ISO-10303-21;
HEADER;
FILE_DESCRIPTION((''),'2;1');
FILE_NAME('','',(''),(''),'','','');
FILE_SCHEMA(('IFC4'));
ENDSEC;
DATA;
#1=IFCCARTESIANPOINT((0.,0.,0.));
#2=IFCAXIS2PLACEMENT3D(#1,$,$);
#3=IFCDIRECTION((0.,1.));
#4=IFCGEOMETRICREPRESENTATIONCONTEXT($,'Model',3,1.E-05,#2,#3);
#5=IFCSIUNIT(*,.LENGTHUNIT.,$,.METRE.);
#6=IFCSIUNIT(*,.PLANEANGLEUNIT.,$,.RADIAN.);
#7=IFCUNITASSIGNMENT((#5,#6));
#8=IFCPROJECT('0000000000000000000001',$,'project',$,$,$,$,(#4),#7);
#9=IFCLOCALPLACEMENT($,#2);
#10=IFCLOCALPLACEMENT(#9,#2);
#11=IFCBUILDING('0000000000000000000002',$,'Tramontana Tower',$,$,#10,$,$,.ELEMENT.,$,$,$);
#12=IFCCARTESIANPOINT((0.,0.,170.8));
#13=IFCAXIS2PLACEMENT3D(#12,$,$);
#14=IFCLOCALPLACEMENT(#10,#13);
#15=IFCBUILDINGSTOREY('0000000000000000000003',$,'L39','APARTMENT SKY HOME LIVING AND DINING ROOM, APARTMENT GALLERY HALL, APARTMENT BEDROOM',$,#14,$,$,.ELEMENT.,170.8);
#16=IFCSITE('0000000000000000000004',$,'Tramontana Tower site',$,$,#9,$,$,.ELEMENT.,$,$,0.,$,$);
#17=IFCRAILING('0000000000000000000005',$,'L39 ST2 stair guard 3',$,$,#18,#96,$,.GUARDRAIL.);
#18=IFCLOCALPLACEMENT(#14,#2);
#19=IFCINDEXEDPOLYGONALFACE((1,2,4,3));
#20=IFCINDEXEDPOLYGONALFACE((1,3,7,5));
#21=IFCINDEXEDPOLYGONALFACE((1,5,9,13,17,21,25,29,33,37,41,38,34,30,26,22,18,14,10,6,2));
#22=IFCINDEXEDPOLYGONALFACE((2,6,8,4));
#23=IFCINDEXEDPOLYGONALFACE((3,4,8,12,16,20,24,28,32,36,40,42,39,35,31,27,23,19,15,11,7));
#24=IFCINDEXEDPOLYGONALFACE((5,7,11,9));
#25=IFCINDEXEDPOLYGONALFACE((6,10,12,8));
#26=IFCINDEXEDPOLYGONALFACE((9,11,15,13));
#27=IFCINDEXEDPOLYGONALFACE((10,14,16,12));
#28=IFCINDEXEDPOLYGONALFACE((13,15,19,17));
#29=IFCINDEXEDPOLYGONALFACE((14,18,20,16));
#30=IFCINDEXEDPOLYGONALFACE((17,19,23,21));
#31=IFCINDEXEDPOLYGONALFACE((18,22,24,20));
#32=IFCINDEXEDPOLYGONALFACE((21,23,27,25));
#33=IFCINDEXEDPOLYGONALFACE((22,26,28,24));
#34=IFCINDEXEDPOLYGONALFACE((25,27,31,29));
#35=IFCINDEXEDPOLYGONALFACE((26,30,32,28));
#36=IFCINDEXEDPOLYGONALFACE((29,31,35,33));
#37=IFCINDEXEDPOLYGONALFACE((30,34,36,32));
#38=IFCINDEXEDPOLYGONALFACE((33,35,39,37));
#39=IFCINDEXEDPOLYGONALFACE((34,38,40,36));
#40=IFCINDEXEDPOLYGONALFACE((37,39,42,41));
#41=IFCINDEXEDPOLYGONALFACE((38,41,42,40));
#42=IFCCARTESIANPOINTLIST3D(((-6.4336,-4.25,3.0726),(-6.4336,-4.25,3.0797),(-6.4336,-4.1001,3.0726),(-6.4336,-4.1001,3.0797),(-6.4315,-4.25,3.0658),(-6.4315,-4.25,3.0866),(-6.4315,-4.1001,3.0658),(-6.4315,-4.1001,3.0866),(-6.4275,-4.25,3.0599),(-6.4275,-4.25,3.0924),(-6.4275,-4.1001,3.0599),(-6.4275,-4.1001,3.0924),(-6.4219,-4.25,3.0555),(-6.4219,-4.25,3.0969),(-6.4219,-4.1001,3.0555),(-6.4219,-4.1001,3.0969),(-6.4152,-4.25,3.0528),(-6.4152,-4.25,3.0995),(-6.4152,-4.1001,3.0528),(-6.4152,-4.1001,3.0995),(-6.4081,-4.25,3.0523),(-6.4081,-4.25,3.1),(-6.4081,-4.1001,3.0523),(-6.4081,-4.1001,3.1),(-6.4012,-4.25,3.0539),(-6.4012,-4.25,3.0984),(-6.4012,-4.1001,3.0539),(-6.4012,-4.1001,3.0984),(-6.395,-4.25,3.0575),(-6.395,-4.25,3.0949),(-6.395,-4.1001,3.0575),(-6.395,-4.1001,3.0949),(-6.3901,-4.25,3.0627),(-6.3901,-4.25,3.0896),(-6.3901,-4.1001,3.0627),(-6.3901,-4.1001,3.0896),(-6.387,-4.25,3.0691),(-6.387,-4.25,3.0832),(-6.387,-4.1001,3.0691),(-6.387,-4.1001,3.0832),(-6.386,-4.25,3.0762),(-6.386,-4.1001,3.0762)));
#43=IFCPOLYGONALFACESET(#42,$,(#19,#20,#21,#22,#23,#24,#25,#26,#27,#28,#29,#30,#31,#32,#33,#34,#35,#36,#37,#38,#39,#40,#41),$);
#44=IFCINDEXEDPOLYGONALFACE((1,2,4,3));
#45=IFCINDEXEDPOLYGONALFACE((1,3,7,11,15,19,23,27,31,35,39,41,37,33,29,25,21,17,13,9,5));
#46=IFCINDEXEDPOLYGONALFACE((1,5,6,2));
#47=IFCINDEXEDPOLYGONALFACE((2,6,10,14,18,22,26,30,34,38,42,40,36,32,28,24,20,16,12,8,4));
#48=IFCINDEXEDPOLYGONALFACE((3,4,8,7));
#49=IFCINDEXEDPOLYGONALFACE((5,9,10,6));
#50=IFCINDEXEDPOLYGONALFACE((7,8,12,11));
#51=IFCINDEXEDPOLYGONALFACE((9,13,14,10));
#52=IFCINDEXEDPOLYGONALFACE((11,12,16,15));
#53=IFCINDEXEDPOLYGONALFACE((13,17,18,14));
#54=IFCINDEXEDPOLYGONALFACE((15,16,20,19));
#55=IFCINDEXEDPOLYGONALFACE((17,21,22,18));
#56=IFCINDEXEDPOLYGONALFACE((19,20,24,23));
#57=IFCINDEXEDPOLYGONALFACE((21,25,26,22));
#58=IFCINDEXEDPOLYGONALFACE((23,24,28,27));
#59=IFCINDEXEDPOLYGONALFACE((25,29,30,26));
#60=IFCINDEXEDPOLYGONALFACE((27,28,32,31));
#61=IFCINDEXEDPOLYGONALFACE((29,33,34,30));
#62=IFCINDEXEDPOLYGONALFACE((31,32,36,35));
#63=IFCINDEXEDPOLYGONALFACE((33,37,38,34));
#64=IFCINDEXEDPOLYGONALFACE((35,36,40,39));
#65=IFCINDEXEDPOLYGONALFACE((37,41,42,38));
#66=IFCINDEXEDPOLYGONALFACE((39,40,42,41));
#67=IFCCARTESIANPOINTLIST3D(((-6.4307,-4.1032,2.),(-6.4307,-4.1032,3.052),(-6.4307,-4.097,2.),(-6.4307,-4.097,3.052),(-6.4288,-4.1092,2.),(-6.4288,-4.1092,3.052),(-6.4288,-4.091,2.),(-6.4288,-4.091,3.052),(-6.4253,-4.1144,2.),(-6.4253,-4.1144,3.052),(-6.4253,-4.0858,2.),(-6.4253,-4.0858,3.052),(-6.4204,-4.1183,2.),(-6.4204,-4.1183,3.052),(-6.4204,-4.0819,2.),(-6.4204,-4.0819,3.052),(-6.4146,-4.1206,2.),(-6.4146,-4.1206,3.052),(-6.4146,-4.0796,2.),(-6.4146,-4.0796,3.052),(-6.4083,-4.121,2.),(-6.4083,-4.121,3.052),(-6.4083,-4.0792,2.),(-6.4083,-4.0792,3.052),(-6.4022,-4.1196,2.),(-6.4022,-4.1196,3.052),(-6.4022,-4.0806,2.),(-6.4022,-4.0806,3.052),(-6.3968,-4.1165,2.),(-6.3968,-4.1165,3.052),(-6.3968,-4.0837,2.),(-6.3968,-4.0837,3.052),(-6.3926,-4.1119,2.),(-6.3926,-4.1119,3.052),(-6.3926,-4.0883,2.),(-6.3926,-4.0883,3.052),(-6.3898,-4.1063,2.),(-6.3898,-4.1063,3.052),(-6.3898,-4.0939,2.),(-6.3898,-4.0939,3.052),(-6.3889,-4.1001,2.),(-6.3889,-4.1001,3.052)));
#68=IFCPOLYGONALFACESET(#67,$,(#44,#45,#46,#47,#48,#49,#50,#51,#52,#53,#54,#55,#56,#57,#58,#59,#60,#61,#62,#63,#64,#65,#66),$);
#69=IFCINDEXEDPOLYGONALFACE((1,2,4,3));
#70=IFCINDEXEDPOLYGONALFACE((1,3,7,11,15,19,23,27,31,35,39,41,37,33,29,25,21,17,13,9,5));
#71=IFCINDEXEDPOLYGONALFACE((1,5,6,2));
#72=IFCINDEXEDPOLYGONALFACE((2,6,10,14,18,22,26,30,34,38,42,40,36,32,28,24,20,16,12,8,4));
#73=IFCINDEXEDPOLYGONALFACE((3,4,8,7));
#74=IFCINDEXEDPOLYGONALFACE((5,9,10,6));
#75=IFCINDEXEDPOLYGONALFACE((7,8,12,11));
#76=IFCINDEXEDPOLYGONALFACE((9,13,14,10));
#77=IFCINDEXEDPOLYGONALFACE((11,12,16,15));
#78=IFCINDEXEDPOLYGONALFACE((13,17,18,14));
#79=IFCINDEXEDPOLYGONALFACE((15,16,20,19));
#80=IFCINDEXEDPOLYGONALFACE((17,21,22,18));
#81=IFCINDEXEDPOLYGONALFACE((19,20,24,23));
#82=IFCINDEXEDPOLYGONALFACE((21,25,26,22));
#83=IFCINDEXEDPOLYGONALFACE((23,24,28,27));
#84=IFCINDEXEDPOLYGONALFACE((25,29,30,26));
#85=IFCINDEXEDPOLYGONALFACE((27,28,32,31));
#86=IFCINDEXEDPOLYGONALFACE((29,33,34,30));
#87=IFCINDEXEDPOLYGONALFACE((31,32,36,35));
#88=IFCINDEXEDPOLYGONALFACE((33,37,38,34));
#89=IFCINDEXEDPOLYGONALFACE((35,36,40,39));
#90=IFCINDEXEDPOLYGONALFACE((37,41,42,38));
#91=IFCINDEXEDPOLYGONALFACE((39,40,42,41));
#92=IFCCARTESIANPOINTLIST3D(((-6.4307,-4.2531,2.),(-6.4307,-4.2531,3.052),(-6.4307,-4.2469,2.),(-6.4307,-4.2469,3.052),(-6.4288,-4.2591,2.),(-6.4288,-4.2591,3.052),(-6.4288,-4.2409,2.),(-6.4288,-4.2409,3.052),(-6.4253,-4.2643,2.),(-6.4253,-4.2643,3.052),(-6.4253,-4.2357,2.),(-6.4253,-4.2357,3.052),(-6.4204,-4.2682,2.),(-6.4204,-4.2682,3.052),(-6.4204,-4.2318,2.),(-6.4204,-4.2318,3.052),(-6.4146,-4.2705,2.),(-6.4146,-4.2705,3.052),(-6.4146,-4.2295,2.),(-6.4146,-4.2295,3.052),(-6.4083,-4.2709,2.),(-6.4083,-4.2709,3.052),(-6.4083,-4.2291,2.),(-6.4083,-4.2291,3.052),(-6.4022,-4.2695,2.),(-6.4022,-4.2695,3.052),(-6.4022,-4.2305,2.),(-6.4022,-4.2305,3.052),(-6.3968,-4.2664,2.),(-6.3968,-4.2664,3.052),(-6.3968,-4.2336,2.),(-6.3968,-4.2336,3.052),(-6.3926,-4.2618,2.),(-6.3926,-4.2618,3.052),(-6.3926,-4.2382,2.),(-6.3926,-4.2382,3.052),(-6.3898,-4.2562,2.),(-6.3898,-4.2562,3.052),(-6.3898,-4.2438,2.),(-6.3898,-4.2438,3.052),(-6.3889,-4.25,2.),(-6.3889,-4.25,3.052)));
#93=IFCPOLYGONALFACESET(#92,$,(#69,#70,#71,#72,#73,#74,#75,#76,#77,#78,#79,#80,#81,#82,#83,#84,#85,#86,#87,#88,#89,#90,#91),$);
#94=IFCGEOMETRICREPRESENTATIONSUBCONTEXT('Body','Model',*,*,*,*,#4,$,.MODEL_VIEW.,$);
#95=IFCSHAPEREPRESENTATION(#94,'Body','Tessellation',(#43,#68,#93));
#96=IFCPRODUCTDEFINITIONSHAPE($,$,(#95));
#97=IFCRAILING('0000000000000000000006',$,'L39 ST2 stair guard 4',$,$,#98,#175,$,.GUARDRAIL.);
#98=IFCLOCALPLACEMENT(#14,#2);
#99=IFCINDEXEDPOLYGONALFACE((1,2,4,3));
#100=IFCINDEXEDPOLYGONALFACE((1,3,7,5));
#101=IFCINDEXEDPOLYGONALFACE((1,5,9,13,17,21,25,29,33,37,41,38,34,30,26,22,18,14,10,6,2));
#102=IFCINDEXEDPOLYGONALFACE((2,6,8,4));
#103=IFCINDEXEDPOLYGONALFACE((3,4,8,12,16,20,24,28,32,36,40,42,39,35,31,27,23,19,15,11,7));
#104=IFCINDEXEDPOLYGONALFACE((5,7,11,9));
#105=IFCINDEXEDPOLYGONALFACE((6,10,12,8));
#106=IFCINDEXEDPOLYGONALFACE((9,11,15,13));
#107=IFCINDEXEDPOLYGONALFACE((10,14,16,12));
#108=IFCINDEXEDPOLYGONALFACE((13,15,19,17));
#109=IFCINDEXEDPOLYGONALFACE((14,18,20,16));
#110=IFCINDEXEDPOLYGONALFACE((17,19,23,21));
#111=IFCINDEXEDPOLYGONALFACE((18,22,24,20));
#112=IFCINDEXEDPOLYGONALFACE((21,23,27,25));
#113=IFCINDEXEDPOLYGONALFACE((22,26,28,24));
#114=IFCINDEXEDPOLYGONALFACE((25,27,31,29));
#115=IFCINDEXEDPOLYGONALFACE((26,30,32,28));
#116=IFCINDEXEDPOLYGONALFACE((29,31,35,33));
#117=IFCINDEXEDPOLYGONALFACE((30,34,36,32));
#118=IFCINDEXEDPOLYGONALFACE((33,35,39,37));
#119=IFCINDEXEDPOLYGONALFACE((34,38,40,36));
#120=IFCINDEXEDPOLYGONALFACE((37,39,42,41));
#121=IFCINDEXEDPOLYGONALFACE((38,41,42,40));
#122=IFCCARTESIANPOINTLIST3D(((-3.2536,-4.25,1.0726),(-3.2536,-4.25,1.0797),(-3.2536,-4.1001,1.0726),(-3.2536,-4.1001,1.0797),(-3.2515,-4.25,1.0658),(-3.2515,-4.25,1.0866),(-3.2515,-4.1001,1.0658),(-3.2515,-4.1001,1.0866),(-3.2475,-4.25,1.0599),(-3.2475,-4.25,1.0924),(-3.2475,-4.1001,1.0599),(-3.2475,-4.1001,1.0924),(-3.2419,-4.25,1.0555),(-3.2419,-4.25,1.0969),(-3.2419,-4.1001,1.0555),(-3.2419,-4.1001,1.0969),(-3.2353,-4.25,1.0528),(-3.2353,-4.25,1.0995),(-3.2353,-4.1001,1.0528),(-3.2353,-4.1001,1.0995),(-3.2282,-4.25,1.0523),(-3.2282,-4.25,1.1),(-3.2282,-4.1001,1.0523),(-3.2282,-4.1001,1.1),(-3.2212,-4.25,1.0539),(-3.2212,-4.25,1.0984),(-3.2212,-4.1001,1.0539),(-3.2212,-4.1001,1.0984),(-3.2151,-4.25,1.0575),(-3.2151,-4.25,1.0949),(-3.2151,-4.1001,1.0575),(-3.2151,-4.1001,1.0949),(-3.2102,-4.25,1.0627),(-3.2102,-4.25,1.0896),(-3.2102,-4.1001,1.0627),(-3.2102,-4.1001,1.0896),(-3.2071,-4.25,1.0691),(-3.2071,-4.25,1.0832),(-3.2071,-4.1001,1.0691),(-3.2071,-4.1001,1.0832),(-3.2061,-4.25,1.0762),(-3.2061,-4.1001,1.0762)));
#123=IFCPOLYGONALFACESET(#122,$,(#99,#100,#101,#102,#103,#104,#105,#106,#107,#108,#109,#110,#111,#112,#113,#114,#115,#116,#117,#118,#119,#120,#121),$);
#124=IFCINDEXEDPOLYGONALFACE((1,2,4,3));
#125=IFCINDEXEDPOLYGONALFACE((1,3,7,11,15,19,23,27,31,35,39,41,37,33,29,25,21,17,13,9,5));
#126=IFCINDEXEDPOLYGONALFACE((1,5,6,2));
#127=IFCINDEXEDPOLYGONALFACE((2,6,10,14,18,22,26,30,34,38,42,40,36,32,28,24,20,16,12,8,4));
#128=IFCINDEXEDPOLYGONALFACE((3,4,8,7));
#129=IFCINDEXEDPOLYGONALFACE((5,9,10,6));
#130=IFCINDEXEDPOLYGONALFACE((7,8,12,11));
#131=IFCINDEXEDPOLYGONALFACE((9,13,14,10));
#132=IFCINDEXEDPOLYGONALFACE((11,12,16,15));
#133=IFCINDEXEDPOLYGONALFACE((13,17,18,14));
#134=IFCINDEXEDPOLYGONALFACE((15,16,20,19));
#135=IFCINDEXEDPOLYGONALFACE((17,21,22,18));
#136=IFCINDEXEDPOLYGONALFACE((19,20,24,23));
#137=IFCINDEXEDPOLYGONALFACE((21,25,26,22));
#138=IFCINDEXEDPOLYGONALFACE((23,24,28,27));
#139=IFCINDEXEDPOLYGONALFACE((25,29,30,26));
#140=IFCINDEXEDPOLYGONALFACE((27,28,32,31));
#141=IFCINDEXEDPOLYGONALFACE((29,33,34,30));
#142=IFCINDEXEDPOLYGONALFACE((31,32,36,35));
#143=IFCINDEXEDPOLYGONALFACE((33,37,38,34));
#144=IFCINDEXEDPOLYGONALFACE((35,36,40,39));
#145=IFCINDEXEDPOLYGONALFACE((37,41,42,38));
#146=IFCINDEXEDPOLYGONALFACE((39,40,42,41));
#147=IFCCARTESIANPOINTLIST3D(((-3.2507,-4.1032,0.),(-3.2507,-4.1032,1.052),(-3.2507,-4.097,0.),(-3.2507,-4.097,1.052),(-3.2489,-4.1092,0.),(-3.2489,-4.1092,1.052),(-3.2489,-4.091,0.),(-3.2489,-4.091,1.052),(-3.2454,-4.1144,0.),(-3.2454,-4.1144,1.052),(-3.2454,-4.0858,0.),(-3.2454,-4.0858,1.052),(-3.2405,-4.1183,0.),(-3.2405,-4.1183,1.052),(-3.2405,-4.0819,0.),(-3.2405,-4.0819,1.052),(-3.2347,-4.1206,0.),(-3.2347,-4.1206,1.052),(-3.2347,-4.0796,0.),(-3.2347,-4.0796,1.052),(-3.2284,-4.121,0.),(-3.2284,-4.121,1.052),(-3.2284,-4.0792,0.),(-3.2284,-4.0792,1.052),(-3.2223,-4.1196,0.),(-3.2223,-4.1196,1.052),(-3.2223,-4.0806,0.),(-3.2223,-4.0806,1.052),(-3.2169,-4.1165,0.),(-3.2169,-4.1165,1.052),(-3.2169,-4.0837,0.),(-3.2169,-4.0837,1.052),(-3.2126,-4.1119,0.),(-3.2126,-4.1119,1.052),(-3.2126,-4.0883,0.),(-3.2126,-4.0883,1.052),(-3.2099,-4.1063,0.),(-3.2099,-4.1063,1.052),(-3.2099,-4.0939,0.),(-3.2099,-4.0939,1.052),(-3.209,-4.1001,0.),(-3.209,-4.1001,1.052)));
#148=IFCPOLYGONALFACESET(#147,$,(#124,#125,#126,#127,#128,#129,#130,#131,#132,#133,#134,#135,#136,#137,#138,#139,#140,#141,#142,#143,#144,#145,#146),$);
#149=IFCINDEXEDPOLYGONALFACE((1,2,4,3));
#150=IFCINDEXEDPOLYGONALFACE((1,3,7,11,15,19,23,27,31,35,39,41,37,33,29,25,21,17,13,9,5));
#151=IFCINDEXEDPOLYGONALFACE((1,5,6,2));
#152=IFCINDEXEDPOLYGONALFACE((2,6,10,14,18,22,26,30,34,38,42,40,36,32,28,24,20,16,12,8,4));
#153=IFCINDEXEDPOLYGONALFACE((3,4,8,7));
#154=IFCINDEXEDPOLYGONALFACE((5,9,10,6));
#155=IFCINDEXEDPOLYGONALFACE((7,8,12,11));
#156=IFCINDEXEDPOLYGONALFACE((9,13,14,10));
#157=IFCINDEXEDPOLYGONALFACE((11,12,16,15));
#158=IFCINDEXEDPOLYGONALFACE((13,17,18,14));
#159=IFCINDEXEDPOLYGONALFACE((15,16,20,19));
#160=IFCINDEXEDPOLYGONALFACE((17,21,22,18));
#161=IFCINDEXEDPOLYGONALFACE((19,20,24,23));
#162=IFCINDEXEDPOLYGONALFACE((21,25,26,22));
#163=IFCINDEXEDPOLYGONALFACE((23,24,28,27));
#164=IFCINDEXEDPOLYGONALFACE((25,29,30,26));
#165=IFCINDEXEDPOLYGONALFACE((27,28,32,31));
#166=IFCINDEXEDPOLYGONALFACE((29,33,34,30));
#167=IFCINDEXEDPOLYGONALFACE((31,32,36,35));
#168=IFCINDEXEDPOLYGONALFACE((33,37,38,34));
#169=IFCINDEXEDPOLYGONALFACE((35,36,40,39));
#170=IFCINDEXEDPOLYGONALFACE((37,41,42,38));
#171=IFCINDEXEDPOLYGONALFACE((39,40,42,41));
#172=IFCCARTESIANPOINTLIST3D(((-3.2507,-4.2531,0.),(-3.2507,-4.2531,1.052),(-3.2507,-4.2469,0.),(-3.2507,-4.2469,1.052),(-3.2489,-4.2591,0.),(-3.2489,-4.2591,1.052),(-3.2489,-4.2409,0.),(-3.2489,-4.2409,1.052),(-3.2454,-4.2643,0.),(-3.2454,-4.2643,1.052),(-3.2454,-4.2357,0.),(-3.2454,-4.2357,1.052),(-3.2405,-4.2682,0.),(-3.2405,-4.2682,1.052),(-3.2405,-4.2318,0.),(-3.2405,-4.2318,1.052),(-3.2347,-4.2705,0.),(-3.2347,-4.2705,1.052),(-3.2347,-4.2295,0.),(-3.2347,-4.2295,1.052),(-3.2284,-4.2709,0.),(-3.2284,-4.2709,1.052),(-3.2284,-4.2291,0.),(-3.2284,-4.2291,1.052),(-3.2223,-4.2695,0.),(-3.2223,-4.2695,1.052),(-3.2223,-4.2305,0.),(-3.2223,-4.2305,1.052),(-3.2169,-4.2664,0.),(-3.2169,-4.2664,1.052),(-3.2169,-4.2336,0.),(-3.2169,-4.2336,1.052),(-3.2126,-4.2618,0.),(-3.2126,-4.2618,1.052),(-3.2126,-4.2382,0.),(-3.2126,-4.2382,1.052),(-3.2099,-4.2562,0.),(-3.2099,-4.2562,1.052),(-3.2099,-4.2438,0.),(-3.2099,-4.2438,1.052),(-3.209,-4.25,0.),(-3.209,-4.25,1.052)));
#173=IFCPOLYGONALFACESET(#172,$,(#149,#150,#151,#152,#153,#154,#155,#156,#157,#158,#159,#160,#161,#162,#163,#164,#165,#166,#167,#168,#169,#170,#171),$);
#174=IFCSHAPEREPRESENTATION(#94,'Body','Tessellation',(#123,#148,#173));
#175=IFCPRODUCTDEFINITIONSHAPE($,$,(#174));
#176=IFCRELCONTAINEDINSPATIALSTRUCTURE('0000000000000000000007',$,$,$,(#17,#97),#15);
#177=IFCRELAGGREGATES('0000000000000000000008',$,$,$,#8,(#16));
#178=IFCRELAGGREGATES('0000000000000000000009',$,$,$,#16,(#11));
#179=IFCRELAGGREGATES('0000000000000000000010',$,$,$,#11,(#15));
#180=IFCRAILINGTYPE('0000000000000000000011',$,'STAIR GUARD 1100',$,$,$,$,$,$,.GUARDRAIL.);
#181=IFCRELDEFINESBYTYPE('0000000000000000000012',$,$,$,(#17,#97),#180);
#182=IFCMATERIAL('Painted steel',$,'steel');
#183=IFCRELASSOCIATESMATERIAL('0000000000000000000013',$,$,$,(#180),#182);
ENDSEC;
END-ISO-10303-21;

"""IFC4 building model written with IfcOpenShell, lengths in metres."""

from ifc_helpers import new_model, si_unit, direction, frame, origin, origin_2d, place, context, subcontext, project, spatial, circle, extrude, material, type_object, element, save


model = new_model("IFC4")

# Units and contexts
model_context = context("Model", 3, precision=1e-05, world=origin(), true_north=direction((0.0, 1.0)))
body_context = subcontext(model_context, "Body", "Model", "MODEL_VIEW")
ifc_project = project(units=[si_unit("LENGTHUNIT", "METRE"), si_unit("PLANEANGLEUNIT", "RADIAN")], contexts=[model_context])

# Site, building, storey
site_placement = place(None, origin())
site = spatial("IfcSite", under=ifc_project, at=site_placement, Name="Tramontana Tower site", CompositionType="ELEMENT", RefElevation=0.0)
building_placement = place(site_placement, origin())
building = spatial("IfcBuilding", under=site, at=building_placement, Name="Tramontana Tower", CompositionType="ELEMENT")
storey_placement = place(building_placement, frame((0.0, 0.0, 170.8)))
storey = spatial("IfcBuildingStorey", under=building, at=storey_placement, Name="L39", Description="APARTMENT SKY HOME LIVING AND DINING ROOM, APARTMENT GALLERY HALL, APARTMENT BEDROOM", CompositionType="ELEMENT", Elevation=170.8)

# Railings
ifc_material_1 = material(Name="Painted steel", Category="steel")
railing_type_1 = type_object("IfcRailingType", Name="STAIR GUARD 1100", PredefinedType="GUARDRAIL", material=ifc_material_1)
for number, where, name in (
    (1, (-6.4099, -4.1001, 2.0), "L39 ST2 stair guard 3"),
    (2, (-3.23, -4.1001, 0.0), "L39 ST2 stair guard 4"),
):
    element("IfcRailing", number, at=place(storey_placement, frame(where)), inside=storey, type_object=railing_type_1, Name=name, PredefinedType="GUARDRAIL", context=body_context, shape_type="SweptSolid", body=[
        extrude(circle(Radius=0.0239, at=origin_2d()), frame((0.0, 0.0, 1.0762), z_axis=(0.0, -1.0, 0.0), x_axis=(1.0, 0.0, 0.0)), (0.0, 0.0, 1.0), 0.1499),
        extrude(circle(Radius=0.021, at=origin_2d()), origin(), (0.0, 0.0, 1.0), 1.052),
        extrude(circle(Radius=0.021, at=origin_2d()), frame((0.0, -0.1499, 0.0)), (0.0, 0.0, 1.0), 1.052),
    ])

save(model, "model.ifc")
